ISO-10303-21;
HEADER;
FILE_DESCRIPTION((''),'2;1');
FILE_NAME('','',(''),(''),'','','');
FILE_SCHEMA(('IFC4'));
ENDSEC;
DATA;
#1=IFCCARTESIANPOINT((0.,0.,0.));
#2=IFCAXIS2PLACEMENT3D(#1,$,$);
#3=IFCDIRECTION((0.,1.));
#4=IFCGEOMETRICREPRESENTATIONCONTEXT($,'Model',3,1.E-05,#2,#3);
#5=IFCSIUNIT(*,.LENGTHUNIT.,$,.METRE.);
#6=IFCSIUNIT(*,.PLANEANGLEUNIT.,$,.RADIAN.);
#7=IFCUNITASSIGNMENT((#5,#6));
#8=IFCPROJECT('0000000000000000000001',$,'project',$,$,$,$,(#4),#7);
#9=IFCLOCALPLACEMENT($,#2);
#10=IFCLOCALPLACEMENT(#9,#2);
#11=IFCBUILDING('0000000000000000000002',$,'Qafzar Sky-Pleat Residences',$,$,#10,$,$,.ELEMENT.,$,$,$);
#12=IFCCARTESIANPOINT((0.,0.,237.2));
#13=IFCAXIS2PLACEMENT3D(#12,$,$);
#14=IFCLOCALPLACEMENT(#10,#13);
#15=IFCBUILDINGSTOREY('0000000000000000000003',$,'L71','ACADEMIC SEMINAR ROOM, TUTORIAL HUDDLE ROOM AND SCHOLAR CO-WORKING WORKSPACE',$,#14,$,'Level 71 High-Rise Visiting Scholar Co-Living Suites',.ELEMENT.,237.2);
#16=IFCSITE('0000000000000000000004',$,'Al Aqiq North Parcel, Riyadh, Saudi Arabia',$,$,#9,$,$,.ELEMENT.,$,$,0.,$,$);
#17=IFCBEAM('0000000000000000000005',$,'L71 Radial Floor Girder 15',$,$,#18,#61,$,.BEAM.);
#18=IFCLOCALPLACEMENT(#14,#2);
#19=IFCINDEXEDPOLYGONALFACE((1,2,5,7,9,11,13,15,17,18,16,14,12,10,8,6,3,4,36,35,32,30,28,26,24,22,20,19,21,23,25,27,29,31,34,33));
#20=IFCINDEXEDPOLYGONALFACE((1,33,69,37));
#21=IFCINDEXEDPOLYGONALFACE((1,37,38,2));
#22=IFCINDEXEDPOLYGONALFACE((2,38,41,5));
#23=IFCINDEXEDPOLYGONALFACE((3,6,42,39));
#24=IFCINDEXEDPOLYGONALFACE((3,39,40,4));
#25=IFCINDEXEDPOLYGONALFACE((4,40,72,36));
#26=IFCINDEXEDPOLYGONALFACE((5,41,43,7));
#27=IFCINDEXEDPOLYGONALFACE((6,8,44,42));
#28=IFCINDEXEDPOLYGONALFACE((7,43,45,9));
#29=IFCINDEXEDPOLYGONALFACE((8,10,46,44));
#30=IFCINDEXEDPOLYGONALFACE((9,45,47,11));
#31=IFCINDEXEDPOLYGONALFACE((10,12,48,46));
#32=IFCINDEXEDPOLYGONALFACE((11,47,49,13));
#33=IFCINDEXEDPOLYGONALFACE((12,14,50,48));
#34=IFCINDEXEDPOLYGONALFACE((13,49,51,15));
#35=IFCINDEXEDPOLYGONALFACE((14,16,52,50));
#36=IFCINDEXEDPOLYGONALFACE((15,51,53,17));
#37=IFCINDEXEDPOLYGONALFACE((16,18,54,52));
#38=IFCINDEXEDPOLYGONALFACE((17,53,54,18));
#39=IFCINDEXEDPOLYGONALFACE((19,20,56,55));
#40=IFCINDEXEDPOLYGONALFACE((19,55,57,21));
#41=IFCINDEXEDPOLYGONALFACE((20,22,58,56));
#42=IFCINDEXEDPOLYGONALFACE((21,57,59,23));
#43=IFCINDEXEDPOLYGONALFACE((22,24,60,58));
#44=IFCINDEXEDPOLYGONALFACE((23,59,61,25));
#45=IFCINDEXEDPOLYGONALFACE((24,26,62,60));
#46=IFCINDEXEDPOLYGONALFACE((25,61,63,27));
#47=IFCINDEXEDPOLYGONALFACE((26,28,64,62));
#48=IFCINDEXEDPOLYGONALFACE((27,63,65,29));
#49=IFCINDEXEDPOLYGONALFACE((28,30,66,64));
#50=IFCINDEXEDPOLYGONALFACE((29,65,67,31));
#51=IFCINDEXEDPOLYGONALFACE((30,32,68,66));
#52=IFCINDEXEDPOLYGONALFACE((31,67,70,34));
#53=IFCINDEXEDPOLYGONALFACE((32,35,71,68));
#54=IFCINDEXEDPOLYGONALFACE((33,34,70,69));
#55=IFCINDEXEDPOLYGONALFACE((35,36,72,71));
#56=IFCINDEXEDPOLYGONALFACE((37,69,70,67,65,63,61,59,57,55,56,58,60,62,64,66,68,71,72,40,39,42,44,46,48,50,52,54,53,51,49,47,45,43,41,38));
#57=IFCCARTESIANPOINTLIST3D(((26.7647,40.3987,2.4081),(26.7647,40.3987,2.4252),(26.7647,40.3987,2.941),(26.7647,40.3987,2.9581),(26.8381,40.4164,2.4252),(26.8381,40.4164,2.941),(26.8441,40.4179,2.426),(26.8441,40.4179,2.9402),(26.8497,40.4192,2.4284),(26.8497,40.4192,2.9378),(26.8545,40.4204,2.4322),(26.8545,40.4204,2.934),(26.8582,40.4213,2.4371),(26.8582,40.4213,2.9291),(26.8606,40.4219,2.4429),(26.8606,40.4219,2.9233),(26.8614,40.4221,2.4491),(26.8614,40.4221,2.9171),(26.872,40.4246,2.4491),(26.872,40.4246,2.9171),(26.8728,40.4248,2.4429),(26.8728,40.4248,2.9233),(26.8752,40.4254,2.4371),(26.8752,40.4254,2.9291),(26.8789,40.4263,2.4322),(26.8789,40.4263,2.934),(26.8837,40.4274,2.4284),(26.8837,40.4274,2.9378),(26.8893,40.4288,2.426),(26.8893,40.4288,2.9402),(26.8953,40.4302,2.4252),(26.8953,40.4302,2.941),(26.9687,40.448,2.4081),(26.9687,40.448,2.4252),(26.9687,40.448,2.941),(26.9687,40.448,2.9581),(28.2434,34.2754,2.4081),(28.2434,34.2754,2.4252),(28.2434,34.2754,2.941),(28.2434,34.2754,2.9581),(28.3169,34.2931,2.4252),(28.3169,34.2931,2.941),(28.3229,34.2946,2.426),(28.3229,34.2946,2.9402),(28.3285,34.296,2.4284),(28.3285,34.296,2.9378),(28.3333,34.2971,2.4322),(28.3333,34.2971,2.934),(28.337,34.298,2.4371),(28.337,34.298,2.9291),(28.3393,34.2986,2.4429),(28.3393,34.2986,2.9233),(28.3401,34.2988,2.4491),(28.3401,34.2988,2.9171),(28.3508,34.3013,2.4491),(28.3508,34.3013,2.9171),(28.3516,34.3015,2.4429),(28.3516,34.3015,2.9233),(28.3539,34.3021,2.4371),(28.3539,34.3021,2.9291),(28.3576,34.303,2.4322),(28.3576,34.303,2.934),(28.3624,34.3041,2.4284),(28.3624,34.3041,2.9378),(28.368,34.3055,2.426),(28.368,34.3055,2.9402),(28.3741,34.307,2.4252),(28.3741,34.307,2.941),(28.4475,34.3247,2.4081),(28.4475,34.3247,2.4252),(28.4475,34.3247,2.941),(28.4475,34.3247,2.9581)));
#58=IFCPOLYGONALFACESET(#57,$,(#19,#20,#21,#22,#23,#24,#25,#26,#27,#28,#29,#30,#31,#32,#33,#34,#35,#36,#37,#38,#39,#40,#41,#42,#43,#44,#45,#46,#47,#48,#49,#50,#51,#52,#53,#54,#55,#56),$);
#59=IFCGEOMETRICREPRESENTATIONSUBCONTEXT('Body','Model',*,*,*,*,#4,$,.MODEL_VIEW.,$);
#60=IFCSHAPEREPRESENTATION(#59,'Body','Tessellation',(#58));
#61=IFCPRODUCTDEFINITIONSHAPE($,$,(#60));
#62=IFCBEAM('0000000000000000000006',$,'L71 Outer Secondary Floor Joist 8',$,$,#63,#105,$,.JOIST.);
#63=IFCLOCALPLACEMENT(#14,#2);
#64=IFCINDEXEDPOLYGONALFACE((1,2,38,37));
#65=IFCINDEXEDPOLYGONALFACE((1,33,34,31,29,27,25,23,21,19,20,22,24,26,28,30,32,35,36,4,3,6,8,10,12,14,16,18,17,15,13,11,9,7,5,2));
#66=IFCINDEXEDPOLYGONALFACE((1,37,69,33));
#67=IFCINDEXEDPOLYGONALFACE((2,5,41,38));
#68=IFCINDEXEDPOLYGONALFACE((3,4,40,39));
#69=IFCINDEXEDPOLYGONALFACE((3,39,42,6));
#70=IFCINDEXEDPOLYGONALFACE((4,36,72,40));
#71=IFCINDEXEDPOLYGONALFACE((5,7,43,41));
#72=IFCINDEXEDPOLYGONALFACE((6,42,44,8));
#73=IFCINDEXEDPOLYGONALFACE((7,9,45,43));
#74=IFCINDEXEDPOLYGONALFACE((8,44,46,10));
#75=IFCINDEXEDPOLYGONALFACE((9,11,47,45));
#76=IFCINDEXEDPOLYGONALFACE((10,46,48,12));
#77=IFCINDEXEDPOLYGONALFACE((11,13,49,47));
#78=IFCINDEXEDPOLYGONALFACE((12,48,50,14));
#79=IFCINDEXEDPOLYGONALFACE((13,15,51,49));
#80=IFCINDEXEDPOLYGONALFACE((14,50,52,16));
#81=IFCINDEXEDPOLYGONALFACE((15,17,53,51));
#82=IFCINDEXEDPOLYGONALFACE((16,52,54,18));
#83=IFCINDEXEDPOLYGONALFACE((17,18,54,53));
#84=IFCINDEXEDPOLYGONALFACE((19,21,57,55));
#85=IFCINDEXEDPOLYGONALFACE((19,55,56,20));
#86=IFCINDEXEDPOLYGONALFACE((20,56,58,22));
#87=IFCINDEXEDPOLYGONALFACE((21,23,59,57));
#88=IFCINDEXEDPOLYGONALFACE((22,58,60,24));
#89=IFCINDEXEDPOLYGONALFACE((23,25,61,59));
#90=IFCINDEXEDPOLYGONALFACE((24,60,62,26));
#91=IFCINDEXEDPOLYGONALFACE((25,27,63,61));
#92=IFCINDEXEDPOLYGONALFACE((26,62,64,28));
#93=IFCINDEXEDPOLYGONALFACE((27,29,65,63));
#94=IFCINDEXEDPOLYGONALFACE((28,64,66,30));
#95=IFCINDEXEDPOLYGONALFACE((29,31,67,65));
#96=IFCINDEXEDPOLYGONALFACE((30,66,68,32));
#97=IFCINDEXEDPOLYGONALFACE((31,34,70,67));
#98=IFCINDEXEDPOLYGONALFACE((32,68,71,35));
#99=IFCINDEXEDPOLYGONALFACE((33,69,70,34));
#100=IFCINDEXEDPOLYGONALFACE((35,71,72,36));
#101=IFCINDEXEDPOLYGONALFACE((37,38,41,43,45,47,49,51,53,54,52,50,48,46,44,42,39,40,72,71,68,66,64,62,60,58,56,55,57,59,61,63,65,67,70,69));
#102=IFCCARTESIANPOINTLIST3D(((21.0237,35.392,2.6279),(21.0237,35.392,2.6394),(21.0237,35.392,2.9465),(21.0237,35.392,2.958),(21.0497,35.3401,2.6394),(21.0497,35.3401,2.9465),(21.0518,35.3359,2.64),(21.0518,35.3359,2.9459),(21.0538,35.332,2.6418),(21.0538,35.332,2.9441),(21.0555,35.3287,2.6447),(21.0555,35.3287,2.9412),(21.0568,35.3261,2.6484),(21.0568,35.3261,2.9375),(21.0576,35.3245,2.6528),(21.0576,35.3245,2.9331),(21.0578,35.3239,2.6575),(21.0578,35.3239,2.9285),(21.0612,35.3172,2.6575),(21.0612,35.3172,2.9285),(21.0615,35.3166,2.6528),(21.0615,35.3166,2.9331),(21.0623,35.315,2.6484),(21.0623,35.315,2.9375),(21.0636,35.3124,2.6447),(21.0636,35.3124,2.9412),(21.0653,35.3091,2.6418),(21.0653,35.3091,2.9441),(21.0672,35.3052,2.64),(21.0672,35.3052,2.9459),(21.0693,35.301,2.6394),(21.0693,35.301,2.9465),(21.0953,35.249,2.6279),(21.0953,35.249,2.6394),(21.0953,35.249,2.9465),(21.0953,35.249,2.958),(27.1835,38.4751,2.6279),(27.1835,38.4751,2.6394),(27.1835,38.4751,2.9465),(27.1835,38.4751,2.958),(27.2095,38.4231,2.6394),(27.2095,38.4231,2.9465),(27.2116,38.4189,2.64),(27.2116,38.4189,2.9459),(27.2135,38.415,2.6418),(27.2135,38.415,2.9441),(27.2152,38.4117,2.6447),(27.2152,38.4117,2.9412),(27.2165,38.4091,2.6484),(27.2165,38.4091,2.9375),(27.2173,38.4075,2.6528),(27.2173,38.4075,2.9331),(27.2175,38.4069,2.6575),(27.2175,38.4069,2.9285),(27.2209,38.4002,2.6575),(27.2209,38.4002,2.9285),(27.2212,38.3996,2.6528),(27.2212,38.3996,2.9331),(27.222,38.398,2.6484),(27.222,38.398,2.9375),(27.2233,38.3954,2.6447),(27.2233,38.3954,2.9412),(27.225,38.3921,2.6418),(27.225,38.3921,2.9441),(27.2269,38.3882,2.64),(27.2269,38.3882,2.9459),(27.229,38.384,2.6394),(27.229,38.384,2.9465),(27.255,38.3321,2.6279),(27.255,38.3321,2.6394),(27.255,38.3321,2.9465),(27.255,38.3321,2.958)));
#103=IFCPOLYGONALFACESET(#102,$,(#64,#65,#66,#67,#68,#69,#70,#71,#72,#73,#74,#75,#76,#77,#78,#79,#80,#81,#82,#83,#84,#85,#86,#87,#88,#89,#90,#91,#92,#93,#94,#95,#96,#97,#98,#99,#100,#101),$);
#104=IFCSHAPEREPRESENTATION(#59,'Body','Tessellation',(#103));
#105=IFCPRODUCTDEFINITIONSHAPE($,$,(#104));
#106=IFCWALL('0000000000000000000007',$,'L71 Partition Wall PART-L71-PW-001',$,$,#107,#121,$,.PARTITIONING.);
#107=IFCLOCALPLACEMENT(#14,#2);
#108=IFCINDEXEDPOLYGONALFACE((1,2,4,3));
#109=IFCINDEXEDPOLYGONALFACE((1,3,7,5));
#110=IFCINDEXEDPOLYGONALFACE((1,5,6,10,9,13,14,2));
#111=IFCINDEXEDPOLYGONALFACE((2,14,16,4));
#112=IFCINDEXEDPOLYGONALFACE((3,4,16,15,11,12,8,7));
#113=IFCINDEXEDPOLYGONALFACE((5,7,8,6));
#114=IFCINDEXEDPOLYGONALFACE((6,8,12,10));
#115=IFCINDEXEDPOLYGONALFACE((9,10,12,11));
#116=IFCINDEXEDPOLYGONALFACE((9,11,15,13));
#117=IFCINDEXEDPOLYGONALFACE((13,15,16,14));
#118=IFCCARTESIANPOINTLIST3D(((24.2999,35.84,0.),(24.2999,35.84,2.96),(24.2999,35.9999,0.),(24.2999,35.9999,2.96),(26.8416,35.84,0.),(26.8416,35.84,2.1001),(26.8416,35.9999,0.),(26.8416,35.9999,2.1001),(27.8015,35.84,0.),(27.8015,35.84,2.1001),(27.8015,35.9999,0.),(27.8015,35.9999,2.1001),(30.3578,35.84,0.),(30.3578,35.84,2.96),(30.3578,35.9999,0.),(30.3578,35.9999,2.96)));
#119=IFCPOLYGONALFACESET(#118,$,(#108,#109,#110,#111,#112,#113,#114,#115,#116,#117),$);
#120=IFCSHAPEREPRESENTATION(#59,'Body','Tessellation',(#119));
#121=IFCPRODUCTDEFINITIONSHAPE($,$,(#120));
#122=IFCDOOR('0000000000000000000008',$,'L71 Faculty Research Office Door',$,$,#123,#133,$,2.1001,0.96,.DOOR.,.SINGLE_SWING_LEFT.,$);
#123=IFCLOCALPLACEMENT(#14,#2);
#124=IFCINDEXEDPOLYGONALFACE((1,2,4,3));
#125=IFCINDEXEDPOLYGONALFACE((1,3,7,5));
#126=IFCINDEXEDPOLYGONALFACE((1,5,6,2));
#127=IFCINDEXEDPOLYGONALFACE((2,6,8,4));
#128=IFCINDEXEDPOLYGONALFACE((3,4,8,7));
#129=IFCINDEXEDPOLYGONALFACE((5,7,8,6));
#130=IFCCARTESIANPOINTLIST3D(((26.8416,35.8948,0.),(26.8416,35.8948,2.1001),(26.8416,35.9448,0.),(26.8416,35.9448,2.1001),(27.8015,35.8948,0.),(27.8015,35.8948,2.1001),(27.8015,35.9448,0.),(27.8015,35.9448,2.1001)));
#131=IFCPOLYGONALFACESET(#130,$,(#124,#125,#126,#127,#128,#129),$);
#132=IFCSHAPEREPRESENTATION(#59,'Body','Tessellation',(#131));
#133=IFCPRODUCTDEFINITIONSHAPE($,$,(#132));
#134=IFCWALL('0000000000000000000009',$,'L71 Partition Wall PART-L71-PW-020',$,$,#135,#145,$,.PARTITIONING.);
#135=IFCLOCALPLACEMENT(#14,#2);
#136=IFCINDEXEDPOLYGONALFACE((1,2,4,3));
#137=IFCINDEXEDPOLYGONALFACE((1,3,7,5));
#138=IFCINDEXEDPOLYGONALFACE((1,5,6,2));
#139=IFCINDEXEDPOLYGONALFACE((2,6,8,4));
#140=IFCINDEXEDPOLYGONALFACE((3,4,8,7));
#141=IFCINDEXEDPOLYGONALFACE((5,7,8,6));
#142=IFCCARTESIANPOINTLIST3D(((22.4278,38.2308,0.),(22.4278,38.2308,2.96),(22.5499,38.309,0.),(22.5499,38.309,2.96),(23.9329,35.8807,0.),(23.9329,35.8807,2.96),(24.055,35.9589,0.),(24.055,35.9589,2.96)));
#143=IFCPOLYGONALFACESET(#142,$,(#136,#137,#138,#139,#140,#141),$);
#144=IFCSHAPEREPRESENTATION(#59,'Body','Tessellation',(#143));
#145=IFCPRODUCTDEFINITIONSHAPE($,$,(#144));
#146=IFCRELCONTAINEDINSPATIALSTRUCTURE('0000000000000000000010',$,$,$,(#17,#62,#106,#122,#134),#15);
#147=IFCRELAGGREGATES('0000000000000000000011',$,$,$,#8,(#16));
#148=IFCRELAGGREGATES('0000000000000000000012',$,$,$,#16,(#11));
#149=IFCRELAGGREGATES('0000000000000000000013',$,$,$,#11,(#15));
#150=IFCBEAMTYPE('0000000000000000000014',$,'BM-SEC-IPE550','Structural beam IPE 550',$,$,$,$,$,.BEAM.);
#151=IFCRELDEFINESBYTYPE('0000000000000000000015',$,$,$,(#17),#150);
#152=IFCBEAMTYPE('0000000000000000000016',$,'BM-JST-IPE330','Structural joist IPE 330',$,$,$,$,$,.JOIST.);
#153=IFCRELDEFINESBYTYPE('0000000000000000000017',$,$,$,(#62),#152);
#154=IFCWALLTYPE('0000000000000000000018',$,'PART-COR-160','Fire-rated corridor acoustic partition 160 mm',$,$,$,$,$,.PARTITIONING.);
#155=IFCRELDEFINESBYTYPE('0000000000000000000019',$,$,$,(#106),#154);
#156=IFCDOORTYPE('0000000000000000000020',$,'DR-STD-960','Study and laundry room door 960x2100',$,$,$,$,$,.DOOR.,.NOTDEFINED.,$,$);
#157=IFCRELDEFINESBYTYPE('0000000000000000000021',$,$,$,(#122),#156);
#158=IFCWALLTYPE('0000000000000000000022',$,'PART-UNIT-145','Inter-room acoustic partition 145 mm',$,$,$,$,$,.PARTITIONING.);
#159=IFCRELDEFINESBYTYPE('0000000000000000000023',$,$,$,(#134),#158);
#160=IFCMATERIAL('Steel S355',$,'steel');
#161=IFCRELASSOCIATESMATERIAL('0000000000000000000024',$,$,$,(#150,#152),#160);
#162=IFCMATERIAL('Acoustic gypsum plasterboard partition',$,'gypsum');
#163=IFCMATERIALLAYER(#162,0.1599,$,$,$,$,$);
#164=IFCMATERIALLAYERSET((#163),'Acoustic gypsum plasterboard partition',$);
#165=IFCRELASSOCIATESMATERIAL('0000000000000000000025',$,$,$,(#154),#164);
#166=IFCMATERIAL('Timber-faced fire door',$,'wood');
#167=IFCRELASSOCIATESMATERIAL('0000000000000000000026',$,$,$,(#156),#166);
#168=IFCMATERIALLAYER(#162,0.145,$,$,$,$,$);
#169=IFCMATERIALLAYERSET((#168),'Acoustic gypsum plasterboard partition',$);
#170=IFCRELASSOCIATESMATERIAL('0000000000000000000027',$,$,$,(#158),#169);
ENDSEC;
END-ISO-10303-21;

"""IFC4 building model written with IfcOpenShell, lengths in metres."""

from ifc_helpers import new_model, si_unit, direction, frame, frame_2d, origin, origin_2d, place, context, subcontext, project, spatial, rectangle, i_section, extrude, source, transform, mapped, material, layer, layer_set, material_profile, profile_set, type_object, element, fill, save


model = new_model("IFC4")

# Units and contexts
model_context = context("Model", 3, precision=1e-05, world=origin(), true_north=direction((0.0, 1.0)))
body_context = subcontext(model_context, "Body", "Model", "MODEL_VIEW")
ifc_project = project(units=[si_unit("LENGTHUNIT", "METRE"), si_unit("PLANEANGLEUNIT", "RADIAN")], contexts=[model_context])

# Site, building, storey
site_placement = place(None, origin())
site = spatial("IfcSite", under=ifc_project, at=site_placement, Name="Al Aqiq North Parcel, Riyadh, Saudi Arabia", CompositionType="ELEMENT", RefElevation=0.0)
building_placement = place(site_placement, origin())
building = spatial("IfcBuilding", under=site, at=building_placement, Name="Qafzar Sky-Pleat Residences", CompositionType="ELEMENT")
storey_placement = place(building_placement, frame((0.0, 0.0, 237.2)))
storey = spatial("IfcBuildingStorey", under=building, at=storey_placement, Name="L71", Description="ACADEMIC SEMINAR ROOM, TUTORIAL HUDDLE ROOM AND SCHOLAR CO-WORKING WORKSPACE", LongName="Level 71 High-Rise Visiting Scholar Co-Living Suites", CompositionType="ELEMENT", Elevation=237.2)

# Shared definitions
ifc_material_1 = material(Name="Steel S355", Category="steel")

# Beams
ifc_material_profile_1 = material_profile(ifc_material_1, i_section(OverallWidth=0.21, OverallDepth=0.55, WebThickness=0.011, FlangeThickness=0.0171, FilletRadius=0.0239, at=origin_2d()), Name="IPE 550")
ifc_profile_set_1 = profile_set([ifc_material_profile_1], Name="Steel S355")
beam_type_1 = type_object("IfcBeamType", Name="BM-SEC-IPE550", Description="Structural beam IPE 550", PredefinedType="BEAM", material=ifc_profile_set_1)
shared_shape_1 = source(origin(), body_context, "Body", "SweptSolid", [
    extrude(i_section(OverallWidth=0.21, OverallDepth=0.55, WebThickness=0.011, FlangeThickness=0.0171, FilletRadius=0.0239, at=origin_2d()), origin(), (0.0, 0.0, 1.0), 6.2993),
])
beam_1_placement = place(storey_placement, frame((26.8667, 40.4233, 2.6831), z_axis=(0.234749, -0.972056, 0.0), x_axis=(0.972056, 0.234749, 0.0)))
element("IfcBeam", 1, at=beam_1_placement, inside=storey, type_object=beam_type_1, Name="L71 Radial Floor Girder 15", PredefinedType="BEAM", context=body_context, shape_type="MappedRepresentation", body=[
    mapped(shared_shape_1, transform((0.0, 0.0, 0.0), x_axis=(1.0, 0.0, 0.0), y_axis=(0.0, 1.0, 0.0), z_axis=(0.0, 0.0, 1.0), scale=1.0)),
])
ifc_material_profile_2 = material_profile(ifc_material_1, i_section(OverallWidth=0.1599, OverallDepth=0.3301, WebThickness=0.0076, FlangeThickness=0.0115, FilletRadius=0.0181, at=origin_2d()), Name="IPE 330")
ifc_profile_set_2 = profile_set([ifc_material_profile_2], Name="Steel S355")
beam_type_2 = type_object("IfcBeamType", Name="BM-JST-IPE330", Description="Structural joist IPE 330", PredefinedType="JOIST", material=ifc_profile_set_2)
shared_shape_2 = source(origin(), body_context, "Body", "SweptSolid", [
    extrude(i_section(OverallWidth=0.1599, OverallDepth=0.3301, WebThickness=0.0076, FlangeThickness=0.0115, FilletRadius=0.0181, at=origin_2d()), origin(), (0.0, 0.0, 1.0), 6.8882),
])
beam_2_placement = place(storey_placement, frame((27.2192, 38.4036, 2.793), z_axis=(-0.894243, -0.447582, 0.0), x_axis=(0.447582, -0.894243, 0.0)))
element("IfcBeam", 2, at=beam_2_placement, inside=storey, type_object=beam_type_2, Name="L71 Outer Secondary Floor Joist 8", PredefinedType="JOIST", context=body_context, shape_type="MappedRepresentation", body=[
    mapped(shared_shape_2, transform((0.0, 0.0, 0.0), x_axis=(1.0, 0.0, 0.0), y_axis=(0.0, 1.0, 0.0), z_axis=(0.0, 0.0, 1.0), scale=1.0)),
])

# Wall, opening, door
ifc_material_2 = material(Name="Acoustic gypsum plasterboard partition", Category="gypsum")
ifc_layer_1 = layer(ifc_material_2, 0.1599)
ifc_layer_set_1 = layer_set([ifc_layer_1], Name="Acoustic gypsum plasterboard partition")
wall_type_1 = type_object("IfcWallType", Name="PART-COR-160", Description="Fire-rated corridor acoustic partition 160 mm", PredefinedType="PARTITIONING", material=ifc_layer_set_1)
wall_1_placement = place(storey_placement, frame((24.3, 35.9199, 0.0), z_axis=(0.0, 0.0, 1.0), x_axis=(1.0, 0.0, 0.0)))
wall_1 = element("IfcWall", 3, at=wall_1_placement, inside=storey, type_object=wall_type_1, Name="L71 Partition Wall PART-L71-PW-001", PredefinedType="PARTITIONING", context=body_context, shape_type="SweptSolid", body=[
    extrude(rectangle(XDim=6.0579, YDim=0.1599, at=frame_2d((3.0288, 0.0))), origin(), (0.0, 0.0, 1.0), 2.96),
])
opening_1_placement = place(wall_1_placement, frame((2.5415, 0.0, 0.0)))
opening_1 = element("IfcOpeningElement", 4, at=opening_1_placement, cuts=wall_1, PredefinedType="OPENING", context=body_context, shape_type="SweptSolid", body=[
    extrude(rectangle(XDim=0.96, YDim=2.1001, at=frame_2d((0.48, 1.05))), frame((0.0, 0.0898, 0.0), z_axis=(0.0, -1.0, 0.0), x_axis=(1.0, 0.0, 0.0)), (0.0, 0.0, 1.0), 0.1799),
])
ifc_material_3 = material(Name="Timber-faced fire door", Category="wood")
door_type = type_object("IfcDoorType", Name="DR-STD-960", Description="Study and laundry room door 960x2100", OperationType="NOTDEFINED", PredefinedType="DOOR", material=ifc_material_3)
shared_shape_3 = source(origin(), body_context, "Body", "SweptSolid", [
    extrude(rectangle(XDim=0.96, YDim=2.1001, at=frame_2d((0.48, 1.05))), frame((0.0, 0.0249, 0.0), z_axis=(0.0, -1.0, 0.0), x_axis=(1.0, 0.0, 0.0)), (0.0, 0.0, 1.0), 0.05),
])
door_placement = place(opening_1_placement, origin())
door = element("IfcDoor", 5, at=door_placement, inside=storey, type_object=door_type, Name="L71 Faculty Research Office Door", OperationType="SINGLE_SWING_LEFT", OverallHeight=2.1001, OverallWidth=0.96, PredefinedType="DOOR", context=body_context, shape_type="MappedRepresentation", body=[
    mapped(shared_shape_3, transform((0.0, 0.0, 0.0), x_axis=(1.0, 0.0, 0.0), y_axis=(0.0, 1.0, 0.0), z_axis=(0.0, 0.0, 1.0), scale=1.0)),
])
fill(opening_1, door)

# Wall
ifc_layer_2 = layer(ifc_material_2, 0.145)
ifc_layer_set_2 = layer_set([ifc_layer_2], Name="Acoustic gypsum plasterboard partition")
wall_type_2 = type_object("IfcWallType", Name="PART-UNIT-145", Description="Inter-room acoustic partition 145 mm", PredefinedType="PARTITIONING", material=ifc_layer_set_2)
wall_2_placement = place(storey_placement, frame((22.4888, 38.27, 0.0), z_axis=(0.0, 0.0, 1.0), x_axis=(0.539324, -0.842098, 0.0)))
element("IfcWall", 6, at=wall_2_placement, inside=storey, type_object=wall_type_2, Name="L71 Partition Wall PART-L71-PW-020", PredefinedType="PARTITIONING", context=body_context, shape_type="SweptSolid", body=[
    extrude(rectangle(XDim=2.7908, YDim=0.145, at=frame_2d((1.3955, 0.0))), origin(), (0.0, 0.0, 1.0), 2.96),
])

save(model, "model.ifc")
